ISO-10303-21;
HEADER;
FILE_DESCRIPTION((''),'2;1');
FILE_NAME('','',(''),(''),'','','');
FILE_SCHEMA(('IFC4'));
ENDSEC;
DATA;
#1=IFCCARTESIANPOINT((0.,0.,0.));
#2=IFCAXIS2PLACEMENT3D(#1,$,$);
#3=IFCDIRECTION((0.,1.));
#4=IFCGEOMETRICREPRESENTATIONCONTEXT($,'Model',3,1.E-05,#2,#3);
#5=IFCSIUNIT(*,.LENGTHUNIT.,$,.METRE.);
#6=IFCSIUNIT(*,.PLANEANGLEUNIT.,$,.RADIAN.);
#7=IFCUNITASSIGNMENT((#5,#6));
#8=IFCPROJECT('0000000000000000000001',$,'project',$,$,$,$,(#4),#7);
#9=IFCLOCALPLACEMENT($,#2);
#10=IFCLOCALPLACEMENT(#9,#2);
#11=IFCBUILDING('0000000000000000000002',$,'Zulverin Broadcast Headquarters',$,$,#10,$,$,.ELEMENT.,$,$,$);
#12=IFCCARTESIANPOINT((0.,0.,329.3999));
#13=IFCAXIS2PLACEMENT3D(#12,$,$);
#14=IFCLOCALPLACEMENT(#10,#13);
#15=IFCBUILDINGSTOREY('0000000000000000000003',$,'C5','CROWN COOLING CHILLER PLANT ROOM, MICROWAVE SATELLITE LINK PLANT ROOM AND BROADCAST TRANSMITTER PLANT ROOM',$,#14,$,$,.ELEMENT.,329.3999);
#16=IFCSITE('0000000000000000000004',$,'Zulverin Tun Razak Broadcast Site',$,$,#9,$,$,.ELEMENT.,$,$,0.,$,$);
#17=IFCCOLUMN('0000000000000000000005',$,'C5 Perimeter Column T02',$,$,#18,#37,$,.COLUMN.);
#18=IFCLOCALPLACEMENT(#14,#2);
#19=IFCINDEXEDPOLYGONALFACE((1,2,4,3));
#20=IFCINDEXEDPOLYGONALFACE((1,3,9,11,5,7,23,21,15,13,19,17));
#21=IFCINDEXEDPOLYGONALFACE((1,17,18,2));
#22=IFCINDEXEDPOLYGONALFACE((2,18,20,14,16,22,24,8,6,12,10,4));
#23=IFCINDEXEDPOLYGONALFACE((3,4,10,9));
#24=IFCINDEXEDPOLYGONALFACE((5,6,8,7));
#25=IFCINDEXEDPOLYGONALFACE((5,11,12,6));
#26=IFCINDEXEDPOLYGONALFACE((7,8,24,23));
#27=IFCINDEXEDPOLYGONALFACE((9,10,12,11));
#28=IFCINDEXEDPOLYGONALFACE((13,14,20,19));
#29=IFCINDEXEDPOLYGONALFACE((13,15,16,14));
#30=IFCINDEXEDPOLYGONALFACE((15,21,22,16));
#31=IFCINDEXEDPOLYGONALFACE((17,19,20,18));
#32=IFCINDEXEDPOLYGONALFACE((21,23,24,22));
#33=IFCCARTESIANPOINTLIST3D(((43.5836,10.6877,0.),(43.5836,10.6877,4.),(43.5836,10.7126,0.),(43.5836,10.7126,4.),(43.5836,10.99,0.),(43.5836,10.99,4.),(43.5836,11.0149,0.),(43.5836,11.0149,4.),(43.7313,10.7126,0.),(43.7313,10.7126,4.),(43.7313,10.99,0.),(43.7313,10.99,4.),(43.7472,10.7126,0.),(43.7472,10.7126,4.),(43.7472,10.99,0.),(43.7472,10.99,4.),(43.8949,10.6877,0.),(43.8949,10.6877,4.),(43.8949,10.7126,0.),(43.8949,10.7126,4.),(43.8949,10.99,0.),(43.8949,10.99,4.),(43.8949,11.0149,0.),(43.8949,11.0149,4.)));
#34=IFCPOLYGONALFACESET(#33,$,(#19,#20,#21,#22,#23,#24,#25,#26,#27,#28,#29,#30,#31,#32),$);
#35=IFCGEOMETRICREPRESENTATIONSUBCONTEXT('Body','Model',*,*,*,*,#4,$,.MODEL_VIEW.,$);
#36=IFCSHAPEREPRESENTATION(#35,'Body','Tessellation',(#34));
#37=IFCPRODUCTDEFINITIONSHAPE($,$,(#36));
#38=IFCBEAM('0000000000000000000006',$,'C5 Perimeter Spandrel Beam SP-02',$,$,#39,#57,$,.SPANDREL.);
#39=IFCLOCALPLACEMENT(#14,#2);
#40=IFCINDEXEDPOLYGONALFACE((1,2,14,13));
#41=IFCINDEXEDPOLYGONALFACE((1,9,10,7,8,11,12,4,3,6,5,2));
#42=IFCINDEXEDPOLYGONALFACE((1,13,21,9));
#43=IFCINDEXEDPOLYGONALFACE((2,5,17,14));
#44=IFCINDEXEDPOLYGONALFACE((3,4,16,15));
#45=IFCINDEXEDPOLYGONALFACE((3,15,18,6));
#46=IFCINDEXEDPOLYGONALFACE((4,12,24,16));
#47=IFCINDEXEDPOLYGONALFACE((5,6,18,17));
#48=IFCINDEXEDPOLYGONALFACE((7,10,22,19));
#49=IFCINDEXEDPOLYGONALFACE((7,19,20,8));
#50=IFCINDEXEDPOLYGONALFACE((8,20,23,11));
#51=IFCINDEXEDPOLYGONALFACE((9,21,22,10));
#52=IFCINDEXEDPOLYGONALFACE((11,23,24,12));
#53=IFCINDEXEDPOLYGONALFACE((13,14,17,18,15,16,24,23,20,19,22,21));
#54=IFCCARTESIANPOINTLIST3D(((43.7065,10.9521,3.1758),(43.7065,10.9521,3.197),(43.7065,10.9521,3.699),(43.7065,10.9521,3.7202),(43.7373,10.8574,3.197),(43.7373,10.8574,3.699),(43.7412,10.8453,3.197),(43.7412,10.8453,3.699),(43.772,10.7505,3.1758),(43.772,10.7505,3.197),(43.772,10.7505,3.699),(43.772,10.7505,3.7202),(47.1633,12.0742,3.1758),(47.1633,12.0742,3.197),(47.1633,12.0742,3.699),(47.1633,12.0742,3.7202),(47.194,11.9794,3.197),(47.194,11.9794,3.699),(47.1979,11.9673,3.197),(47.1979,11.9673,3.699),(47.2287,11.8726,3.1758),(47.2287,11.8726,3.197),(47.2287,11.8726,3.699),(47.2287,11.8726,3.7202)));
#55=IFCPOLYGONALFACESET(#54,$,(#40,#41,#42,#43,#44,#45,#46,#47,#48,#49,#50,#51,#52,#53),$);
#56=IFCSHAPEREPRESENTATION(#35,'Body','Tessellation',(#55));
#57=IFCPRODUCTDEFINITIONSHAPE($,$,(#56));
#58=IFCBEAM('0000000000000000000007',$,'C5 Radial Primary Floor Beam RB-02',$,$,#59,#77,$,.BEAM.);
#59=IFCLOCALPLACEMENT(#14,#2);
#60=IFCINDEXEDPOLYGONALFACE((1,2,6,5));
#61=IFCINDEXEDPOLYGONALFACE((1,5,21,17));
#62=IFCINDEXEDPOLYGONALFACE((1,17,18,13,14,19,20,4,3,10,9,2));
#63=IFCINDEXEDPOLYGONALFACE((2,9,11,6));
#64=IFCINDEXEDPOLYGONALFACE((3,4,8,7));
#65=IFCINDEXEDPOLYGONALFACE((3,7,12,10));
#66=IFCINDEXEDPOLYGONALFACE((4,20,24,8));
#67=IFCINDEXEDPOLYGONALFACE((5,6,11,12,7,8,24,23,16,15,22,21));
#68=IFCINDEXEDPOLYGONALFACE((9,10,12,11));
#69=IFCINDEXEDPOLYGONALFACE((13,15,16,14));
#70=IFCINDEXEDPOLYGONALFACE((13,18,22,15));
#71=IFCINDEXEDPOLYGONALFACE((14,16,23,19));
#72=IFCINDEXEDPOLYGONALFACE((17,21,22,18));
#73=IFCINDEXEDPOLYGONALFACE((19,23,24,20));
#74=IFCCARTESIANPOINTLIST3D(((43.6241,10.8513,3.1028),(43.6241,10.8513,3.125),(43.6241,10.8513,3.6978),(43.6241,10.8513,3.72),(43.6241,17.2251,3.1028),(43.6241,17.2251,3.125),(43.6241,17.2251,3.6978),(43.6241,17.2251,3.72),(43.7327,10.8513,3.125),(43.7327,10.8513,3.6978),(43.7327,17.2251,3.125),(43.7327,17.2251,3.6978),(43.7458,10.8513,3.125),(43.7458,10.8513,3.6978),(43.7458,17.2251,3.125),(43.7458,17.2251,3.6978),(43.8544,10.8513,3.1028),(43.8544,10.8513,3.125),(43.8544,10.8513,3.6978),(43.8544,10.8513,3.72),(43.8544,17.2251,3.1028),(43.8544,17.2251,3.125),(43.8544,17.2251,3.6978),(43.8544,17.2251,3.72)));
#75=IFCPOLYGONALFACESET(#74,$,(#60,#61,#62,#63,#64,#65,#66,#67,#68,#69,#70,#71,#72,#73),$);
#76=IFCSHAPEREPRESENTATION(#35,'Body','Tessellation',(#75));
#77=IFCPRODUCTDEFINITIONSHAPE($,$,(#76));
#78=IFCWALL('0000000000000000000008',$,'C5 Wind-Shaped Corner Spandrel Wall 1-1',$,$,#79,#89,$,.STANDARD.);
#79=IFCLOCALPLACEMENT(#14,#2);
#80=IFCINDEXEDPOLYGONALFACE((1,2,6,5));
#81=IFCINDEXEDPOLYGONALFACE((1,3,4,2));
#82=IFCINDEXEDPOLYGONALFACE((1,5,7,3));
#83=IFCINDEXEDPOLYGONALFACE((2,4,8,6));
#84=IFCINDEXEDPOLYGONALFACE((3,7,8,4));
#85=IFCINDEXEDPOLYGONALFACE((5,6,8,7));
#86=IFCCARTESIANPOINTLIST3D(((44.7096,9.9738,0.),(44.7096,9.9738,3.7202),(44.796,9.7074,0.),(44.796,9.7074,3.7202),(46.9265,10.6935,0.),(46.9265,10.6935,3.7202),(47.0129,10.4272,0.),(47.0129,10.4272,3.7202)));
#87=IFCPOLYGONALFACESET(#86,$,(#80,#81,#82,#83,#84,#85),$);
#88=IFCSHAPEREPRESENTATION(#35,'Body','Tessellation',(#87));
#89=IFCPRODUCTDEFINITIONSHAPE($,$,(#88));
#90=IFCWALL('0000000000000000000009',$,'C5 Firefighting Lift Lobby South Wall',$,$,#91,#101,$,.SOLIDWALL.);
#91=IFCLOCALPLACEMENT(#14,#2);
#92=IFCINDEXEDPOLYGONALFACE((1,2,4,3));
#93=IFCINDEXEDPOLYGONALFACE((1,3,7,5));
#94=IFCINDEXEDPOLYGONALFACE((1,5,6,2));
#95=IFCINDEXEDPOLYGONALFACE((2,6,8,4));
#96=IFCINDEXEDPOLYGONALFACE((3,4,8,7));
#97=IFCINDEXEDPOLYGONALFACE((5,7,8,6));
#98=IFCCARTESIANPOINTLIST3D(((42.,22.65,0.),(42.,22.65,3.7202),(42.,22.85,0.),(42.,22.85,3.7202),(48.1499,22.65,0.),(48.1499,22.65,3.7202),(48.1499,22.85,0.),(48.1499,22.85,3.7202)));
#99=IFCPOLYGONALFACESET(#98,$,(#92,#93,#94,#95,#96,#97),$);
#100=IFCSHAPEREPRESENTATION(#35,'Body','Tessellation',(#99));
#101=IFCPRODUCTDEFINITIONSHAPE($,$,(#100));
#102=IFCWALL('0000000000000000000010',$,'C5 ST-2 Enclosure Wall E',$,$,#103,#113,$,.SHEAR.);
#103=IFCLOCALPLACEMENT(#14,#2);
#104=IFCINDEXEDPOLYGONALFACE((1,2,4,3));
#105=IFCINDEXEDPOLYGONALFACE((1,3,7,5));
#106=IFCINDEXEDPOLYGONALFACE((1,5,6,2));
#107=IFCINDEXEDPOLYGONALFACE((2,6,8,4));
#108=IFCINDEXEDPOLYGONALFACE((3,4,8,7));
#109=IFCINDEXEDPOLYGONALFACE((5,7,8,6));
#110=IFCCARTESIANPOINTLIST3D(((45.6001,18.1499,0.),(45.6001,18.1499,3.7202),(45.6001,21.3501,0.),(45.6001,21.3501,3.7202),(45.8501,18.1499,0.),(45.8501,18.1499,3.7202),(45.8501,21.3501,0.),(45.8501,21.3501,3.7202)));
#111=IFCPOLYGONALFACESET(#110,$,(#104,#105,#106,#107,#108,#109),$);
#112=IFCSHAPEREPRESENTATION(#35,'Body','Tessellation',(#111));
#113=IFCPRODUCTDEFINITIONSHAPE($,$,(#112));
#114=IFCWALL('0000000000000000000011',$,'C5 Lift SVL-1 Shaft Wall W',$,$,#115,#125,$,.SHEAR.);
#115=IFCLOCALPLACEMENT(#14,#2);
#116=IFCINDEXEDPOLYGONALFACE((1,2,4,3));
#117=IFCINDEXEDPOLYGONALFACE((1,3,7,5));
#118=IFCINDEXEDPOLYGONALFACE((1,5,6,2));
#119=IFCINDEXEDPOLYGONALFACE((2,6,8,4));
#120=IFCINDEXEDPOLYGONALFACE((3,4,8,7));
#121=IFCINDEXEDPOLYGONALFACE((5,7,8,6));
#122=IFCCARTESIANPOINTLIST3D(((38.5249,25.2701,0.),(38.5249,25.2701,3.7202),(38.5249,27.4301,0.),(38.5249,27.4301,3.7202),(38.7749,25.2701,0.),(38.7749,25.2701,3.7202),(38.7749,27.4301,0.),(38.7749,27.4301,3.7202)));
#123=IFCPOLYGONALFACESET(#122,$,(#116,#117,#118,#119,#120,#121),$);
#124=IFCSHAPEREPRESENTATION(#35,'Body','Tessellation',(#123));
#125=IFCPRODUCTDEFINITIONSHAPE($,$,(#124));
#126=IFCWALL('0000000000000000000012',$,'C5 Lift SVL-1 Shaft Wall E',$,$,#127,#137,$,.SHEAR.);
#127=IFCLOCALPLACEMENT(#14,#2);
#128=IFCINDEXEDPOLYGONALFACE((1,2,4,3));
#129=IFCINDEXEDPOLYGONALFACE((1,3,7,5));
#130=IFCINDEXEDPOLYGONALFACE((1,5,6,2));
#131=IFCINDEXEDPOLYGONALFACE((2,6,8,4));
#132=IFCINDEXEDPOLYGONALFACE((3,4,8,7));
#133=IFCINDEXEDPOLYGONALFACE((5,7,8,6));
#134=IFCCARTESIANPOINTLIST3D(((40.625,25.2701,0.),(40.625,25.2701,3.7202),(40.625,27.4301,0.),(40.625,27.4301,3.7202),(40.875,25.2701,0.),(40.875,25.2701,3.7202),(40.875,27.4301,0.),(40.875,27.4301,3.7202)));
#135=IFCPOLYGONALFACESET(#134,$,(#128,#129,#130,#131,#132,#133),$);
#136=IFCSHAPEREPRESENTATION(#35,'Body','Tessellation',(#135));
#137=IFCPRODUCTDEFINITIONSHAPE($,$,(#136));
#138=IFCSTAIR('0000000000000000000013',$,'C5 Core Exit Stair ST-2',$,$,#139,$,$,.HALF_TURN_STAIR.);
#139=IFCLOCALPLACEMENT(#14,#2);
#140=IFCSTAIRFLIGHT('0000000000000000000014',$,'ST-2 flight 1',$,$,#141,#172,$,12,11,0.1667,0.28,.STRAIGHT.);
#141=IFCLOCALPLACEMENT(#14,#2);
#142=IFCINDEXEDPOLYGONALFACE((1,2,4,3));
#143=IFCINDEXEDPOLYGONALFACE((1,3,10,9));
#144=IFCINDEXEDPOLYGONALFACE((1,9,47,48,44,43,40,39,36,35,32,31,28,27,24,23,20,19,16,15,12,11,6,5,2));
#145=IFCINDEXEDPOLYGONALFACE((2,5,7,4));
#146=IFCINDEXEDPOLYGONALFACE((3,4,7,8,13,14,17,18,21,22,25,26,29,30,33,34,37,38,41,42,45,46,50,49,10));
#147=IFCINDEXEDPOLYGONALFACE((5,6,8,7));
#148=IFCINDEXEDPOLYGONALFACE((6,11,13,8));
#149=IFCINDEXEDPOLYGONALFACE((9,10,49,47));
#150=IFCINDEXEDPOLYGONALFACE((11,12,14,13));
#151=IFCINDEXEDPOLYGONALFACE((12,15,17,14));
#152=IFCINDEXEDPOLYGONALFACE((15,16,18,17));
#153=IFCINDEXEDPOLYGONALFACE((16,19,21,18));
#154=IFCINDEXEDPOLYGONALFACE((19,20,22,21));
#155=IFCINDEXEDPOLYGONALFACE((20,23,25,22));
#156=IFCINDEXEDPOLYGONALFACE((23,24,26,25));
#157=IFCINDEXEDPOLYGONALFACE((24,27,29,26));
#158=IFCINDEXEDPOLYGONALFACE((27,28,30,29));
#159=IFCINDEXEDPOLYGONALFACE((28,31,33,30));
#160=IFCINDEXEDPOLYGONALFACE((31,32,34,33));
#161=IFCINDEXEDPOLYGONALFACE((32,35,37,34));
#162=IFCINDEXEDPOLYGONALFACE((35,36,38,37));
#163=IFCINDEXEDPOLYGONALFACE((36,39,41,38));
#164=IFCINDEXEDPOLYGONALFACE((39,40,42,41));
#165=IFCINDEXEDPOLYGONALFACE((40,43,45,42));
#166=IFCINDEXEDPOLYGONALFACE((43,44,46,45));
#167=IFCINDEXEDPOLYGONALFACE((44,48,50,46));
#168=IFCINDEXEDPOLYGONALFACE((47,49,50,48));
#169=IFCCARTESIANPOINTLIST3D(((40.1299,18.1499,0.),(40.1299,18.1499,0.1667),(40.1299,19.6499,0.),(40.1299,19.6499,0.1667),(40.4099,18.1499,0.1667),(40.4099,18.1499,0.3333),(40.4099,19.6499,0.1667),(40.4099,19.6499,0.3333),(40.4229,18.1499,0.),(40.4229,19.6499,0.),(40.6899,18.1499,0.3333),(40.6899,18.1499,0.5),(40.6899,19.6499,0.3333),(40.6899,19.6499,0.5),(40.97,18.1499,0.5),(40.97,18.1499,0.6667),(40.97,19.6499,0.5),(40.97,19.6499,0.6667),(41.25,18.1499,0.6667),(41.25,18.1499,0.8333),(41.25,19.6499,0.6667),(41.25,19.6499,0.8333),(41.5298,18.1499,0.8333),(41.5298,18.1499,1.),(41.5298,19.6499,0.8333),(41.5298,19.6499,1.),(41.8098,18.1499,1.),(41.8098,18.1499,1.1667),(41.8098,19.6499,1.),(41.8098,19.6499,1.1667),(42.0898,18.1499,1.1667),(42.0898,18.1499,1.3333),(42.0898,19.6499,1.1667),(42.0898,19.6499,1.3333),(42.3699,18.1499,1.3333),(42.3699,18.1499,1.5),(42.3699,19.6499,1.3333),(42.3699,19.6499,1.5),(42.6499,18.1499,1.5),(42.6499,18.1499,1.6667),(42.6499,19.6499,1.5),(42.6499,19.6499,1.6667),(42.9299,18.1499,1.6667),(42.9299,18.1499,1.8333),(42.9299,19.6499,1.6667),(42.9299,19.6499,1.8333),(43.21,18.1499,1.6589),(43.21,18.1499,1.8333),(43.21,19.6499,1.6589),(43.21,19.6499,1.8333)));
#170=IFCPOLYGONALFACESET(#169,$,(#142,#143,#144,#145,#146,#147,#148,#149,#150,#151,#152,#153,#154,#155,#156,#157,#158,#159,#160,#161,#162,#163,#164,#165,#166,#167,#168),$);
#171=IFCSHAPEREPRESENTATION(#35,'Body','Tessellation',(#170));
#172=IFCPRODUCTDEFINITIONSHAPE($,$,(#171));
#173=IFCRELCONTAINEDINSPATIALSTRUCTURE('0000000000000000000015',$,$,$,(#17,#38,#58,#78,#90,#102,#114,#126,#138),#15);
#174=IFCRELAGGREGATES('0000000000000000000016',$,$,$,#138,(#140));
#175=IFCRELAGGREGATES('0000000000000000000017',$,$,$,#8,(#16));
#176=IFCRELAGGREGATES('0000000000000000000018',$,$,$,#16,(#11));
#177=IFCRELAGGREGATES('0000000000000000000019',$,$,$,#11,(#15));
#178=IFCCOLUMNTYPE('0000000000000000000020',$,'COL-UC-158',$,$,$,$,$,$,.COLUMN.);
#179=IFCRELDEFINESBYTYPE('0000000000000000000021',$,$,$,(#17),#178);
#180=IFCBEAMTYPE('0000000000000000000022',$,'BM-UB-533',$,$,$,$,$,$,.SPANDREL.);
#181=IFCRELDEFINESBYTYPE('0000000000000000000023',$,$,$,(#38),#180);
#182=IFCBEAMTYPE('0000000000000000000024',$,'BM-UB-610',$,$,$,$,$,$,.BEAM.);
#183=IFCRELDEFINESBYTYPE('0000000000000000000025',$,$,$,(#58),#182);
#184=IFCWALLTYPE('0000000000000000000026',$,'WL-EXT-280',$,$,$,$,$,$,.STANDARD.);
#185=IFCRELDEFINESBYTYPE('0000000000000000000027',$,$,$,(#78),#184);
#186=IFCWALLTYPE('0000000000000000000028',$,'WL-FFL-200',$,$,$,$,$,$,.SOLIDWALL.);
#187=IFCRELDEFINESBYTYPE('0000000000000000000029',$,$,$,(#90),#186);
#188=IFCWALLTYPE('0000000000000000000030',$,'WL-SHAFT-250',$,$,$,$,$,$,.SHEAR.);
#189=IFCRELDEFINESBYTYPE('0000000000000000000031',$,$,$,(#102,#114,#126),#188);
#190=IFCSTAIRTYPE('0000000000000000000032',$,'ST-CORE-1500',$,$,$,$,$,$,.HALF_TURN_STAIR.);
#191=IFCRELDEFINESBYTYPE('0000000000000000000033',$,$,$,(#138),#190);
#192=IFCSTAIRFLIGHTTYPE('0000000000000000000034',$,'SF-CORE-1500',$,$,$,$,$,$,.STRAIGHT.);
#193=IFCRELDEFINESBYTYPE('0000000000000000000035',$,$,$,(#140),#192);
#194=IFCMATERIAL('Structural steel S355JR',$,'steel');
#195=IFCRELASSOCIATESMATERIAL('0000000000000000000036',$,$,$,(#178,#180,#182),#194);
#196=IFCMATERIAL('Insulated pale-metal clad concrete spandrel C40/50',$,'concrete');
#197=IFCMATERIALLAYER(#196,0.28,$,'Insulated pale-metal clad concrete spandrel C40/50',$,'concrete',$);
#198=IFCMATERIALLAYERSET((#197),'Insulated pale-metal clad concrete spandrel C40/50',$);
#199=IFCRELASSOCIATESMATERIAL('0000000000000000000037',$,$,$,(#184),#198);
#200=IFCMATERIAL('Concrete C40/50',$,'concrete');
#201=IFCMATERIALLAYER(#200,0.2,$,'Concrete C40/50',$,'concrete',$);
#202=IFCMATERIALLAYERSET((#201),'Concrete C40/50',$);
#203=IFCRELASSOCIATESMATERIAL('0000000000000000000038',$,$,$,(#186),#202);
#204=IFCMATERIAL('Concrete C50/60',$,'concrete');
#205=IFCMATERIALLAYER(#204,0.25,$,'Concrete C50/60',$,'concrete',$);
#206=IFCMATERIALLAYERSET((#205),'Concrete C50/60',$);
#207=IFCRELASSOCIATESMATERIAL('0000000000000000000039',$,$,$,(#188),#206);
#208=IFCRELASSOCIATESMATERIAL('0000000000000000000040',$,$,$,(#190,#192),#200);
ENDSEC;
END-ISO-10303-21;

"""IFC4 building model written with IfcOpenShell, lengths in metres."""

from ifc_helpers import new_model, si_unit, direction, frame, frame_2d, origin, origin_2d, place, context, subcontext, project, spatial, polyline, rectangle, i_section, outline, extrude, material, layer, layer_set, material_profile, profile_set, type_object, element, aggregate, save


model = new_model("IFC4")

# Units and contexts
model_context = context("Model", 3, precision=1e-05, world=origin(), true_north=direction((0.0, 1.0)))
body_context = subcontext(model_context, "Body", "Model", "MODEL_VIEW")
ifc_project = project(units=[si_unit("LENGTHUNIT", "METRE"), si_unit("PLANEANGLEUNIT", "RADIAN")], contexts=[model_context])

# Site, building, storey
site_placement = place(None, origin())
site = spatial("IfcSite", under=ifc_project, at=site_placement, Name="Zulverin Tun Razak Broadcast Site", CompositionType="ELEMENT", RefElevation=0.0)
building_placement = place(site_placement, origin())
building = spatial("IfcBuilding", under=site, at=building_placement, Name="Zulverin Broadcast Headquarters", CompositionType="ELEMENT")
storey_placement = place(building_placement, frame((0.0, 0.0, 329.3999)))
storey = spatial("IfcBuildingStorey", under=building, at=storey_placement, Name="C5", Description="CROWN COOLING CHILLER PLANT ROOM, MICROWAVE SATELLITE LINK PLANT ROOM AND BROADCAST TRANSMITTER PLANT ROOM", CompositionType="ELEMENT", Elevation=329.3999)

# Column
ifc_material_1 = material(Name="Structural steel S355JR", Category="steel")
ifc_material_profile_1 = material_profile(ifc_material_1, i_section(OverallWidth=0.3113, OverallDepth=0.3271, WebThickness=0.0159, FlangeThickness=0.0249, at=origin_2d()), Name="Structural steel S355JR", Category="steel")
ifc_profile_set_1 = profile_set([ifc_material_profile_1], Name="Structural steel S355JR")
column_type = type_object("IfcColumnType", Name="COL-UC-158", PredefinedType="COLUMN", material=ifc_profile_set_1)
column_placement = place(storey_placement, frame((43.7393, 10.8513, 0.0), z_axis=(0.0, 0.0, 1.0), x_axis=(1.0, 0.0, 0.0)))
element("IfcColumn", 1, at=column_placement, inside=storey, type_object=column_type, Name="C5 Perimeter Column T02", PredefinedType="COLUMN", context=body_context, shape_type="SweptSolid", body=[
    extrude(i_section(OverallWidth=0.3113, OverallDepth=0.3271, WebThickness=0.0159, FlangeThickness=0.0249, at=origin_2d()), origin(), (0.0, 0.0, 1.0), 4.0),
])

# Beams
ifc_material_profile_2 = material_profile(ifc_material_1, i_section(OverallWidth=0.2119, OverallDepth=0.5444, WebThickness=0.0127, FlangeThickness=0.0212, at=origin_2d()), Name="Structural steel S355JR", Category="steel")
ifc_profile_set_2 = profile_set([ifc_material_profile_2], Name="Structural steel S355JR")
beam_type_1 = type_object("IfcBeamType", Name="BM-UB-533", PredefinedType="SPANDREL", material=ifc_profile_set_2)
beam_1_placement = place(storey_placement, frame((43.7393, 10.8513, 3.448), z_axis=(0.951146, 0.308741, 0.0), x_axis=(-0.308741, 0.951146, 0.0)))
element("IfcBeam", 2, at=beam_1_placement, inside=storey, type_object=beam_type_1, Name="C5 Perimeter Spandrel Beam SP-02", PredefinedType="SPANDREL", context=body_context, shape_type="SweptSolid", body=[
    extrude(i_section(OverallWidth=0.2119, OverallDepth=0.5444, WebThickness=0.0127, FlangeThickness=0.0212, at=origin_2d()), origin(), (0.0, 0.0, 1.0), 3.6343),
])
ifc_material_profile_3 = material_profile(ifc_material_1, i_section(OverallWidth=0.2302, OverallDepth=0.6172, WebThickness=0.0132, FlangeThickness=0.0222, at=origin_2d()), Name="Structural steel S355JR", Category="steel")
ifc_profile_set_3 = profile_set([ifc_material_profile_3], Name="Structural steel S355JR")
beam_type_2 = type_object("IfcBeamType", Name="BM-UB-610", PredefinedType="BEAM", material=ifc_profile_set_3)
beam_2_placement = place(storey_placement, frame((43.7393, 17.2251, 3.4114), z_axis=(0.0, -1.0, 0.0), x_axis=(1.0, 0.0, 0.0)))
element("IfcBeam", 3, at=beam_2_placement, inside=storey, type_object=beam_type_2, Name="C5 Radial Primary Floor Beam RB-02", PredefinedType="BEAM", context=body_context, shape_type="SweptSolid", body=[
    extrude(i_section(OverallWidth=0.2302, OverallDepth=0.6172, WebThickness=0.0132, FlangeThickness=0.0222, at=origin_2d()), origin(), (0.0, 0.0, 1.0), 6.3738),
])

# Wall
ifc_material_2 = material(Name="Insulated pale-metal clad concrete spandrel C40/50", Category="concrete")
ifc_layer_1 = layer(ifc_material_2, 0.28, Name="Insulated pale-metal clad concrete spandrel C40/50", Category="concrete")
ifc_layer_set_1 = layer_set([ifc_layer_1], Name="Insulated pale-metal clad concrete spandrel C40/50")
wall_type_1 = type_object("IfcWallType", Name="WL-EXT-280", PredefinedType="STANDARD", material=ifc_layer_set_1)
wall_1_placement = place(storey_placement, frame((44.7527, 9.8406, 0.0), z_axis=(0.0, 0.0, 1.0), x_axis=(0.951126, 0.308802, 0.0)))
element("IfcWall", 4, at=wall_1_placement, inside=storey, type_object=wall_type_1, Name="C5 Wind-Shaped Corner Spandrel Wall 1-1", PredefinedType="STANDARD", context=body_context, shape_type="SweptSolid", body=[
    extrude(rectangle(XDim=2.3308, YDim=0.28, at=frame_2d((1.1655, 0.0))), origin(), (0.0, 0.0, 1.0), 3.7202),
])

# Shared definitions
ifc_material_3 = material(Name="Concrete C40/50", Category="concrete")
ifc_layer_2 = layer(ifc_material_3, 0.2, Name="Concrete C40/50", Category="concrete")
ifc_layer_set_2 = layer_set([ifc_layer_2], Name="Concrete C40/50")
wall_type_2 = type_object("IfcWallType", Name="WL-FFL-200", PredefinedType="SOLIDWALL", material=ifc_layer_set_2)

# Walls
wall_2_placement = place(storey_placement, frame((42.0, 22.75, 0.0), z_axis=(0.0, 0.0, 1.0), x_axis=(1.0, 0.0, 0.0)))
element("IfcWall", 5, at=wall_2_placement, inside=storey, type_object=wall_type_2, Name="C5 Firefighting Lift Lobby South Wall", PredefinedType="SOLIDWALL", context=body_context, shape_type="SweptSolid", body=[
    extrude(rectangle(XDim=6.1499, YDim=0.2, at=frame_2d((3.075, 0.0))), origin(), (0.0, 0.0, 1.0), 3.7202),
])
ifc_material_4 = material(Name="Concrete C50/60", Category="concrete")
ifc_layer_3 = layer(ifc_material_4, 0.25, Name="Concrete C50/60", Category="concrete")
ifc_layer_set_3 = layer_set([ifc_layer_3], Name="Concrete C50/60")
wall_type_3 = type_object("IfcWallType", Name="WL-SHAFT-250", PredefinedType="SHEAR", material=ifc_layer_set_3)
wall_3_placement = place(storey_placement, frame((45.7251, 18.1499, 0.0), z_axis=(0.0, 0.0, 1.0), x_axis=(0.0, 1.0, 0.0)))
element("IfcWall", 6, at=wall_3_placement, inside=storey, type_object=wall_type_3, Name="C5 ST-2 Enclosure Wall E", PredefinedType="SHEAR", context=body_context, shape_type="SweptSolid", body=[
    extrude(rectangle(XDim=3.2002, YDim=0.25, at=frame_2d((1.6001, 0.0))), origin(), (0.0, 0.0, 1.0), 3.7202),
])

# Walls
for number, where, z_axis, x_axis, name in (
    (7, (38.6499, 25.27, 0.0), (0.0, 0.0, 1.0), (0.0, 1.0, 0.0), "C5 Lift SVL-1 Shaft Wall W"),
    (8, (40.75, 25.27, 0.0), (0.0, 0.0, 1.0), (0.0, 1.0, 0.0), "C5 Lift SVL-1 Shaft Wall E"),
):
    element("IfcWall", number, at=place(storey_placement, frame(where, z_axis=z_axis, x_axis=x_axis)), inside=storey, type_object=wall_type_3, Name=name, PredefinedType="SHEAR", context=body_context, shape_type="SweptSolid", body=[
        extrude(rectangle(XDim=2.1599, YDim=0.25, at=frame_2d((1.0801, 0.0))), origin(), (0.0, 0.0, 1.0), 3.7202),
    ])

# Stair, stair flight
stair_type = type_object("IfcStairType", Name="ST-CORE-1500", PredefinedType="HALF_TURN_STAIR", material=ifc_material_3)
stair_placement = place(storey_placement, origin())
stair = element("IfcStair", 9, at=stair_placement, inside=storey, type_object=stair_type, Name="C5 Core Exit Stair ST-2", PredefinedType="HALF_TURN_STAIR")
stair_flight_type = type_object("IfcStairFlightType", Name="SF-CORE-1500", PredefinedType="STRAIGHT", material=ifc_material_3)
stair_flight_1_placement = place(storey_placement, frame((40.1299, 18.8999, 0.0), z_axis=(0.0, 0.0, 1.0), x_axis=(1.0, 0.0, 0.0)))
stair_flight_1 = element("IfcStairFlight", 10, at=stair_flight_1_placement, type_object=stair_flight_type, Name="ST-2 flight 1", NumberOfRisers=12, NumberOfTreads=11, PredefinedType="STRAIGHT", RiserHeight=0.1667, TreadLength=0.28, context=body_context, shape_type="SweptSolid", body=[
    extrude(outline(polyline([(0.0, 0.0), (0.0, 0.1667), (0.28, 0.1667), (0.28, 0.3333), (0.5601, 0.3333), (0.5601, 0.5), (0.8401, 0.5), (0.8401, 0.6667), (1.1201, 0.6667), (1.1201, 0.8333), (1.3999, 0.8333), (1.3999, 1.0), (1.6799, 1.0), (1.6799, 1.1667), (1.96, 1.1667), (1.96, 1.3333), (2.24, 1.3333), (2.24, 1.5), (2.52, 1.5), (2.52, 1.6667), (2.8, 1.6667), (2.8, 1.8333), (3.0801, 1.8333), (3.0801, 2.0), (3.0801, 1.6589), (0.293, 0.0), (0.0, 0.0)])), frame((0.0, 0.75, 0.0), z_axis=(0.0, -1.0, 0.0), x_axis=(1.0, 0.0, 0.0)), (0.0, 0.0, 1.0), 1.5),
])
aggregate(stair, [stair_flight_1])

save(model, "model.ifc")
